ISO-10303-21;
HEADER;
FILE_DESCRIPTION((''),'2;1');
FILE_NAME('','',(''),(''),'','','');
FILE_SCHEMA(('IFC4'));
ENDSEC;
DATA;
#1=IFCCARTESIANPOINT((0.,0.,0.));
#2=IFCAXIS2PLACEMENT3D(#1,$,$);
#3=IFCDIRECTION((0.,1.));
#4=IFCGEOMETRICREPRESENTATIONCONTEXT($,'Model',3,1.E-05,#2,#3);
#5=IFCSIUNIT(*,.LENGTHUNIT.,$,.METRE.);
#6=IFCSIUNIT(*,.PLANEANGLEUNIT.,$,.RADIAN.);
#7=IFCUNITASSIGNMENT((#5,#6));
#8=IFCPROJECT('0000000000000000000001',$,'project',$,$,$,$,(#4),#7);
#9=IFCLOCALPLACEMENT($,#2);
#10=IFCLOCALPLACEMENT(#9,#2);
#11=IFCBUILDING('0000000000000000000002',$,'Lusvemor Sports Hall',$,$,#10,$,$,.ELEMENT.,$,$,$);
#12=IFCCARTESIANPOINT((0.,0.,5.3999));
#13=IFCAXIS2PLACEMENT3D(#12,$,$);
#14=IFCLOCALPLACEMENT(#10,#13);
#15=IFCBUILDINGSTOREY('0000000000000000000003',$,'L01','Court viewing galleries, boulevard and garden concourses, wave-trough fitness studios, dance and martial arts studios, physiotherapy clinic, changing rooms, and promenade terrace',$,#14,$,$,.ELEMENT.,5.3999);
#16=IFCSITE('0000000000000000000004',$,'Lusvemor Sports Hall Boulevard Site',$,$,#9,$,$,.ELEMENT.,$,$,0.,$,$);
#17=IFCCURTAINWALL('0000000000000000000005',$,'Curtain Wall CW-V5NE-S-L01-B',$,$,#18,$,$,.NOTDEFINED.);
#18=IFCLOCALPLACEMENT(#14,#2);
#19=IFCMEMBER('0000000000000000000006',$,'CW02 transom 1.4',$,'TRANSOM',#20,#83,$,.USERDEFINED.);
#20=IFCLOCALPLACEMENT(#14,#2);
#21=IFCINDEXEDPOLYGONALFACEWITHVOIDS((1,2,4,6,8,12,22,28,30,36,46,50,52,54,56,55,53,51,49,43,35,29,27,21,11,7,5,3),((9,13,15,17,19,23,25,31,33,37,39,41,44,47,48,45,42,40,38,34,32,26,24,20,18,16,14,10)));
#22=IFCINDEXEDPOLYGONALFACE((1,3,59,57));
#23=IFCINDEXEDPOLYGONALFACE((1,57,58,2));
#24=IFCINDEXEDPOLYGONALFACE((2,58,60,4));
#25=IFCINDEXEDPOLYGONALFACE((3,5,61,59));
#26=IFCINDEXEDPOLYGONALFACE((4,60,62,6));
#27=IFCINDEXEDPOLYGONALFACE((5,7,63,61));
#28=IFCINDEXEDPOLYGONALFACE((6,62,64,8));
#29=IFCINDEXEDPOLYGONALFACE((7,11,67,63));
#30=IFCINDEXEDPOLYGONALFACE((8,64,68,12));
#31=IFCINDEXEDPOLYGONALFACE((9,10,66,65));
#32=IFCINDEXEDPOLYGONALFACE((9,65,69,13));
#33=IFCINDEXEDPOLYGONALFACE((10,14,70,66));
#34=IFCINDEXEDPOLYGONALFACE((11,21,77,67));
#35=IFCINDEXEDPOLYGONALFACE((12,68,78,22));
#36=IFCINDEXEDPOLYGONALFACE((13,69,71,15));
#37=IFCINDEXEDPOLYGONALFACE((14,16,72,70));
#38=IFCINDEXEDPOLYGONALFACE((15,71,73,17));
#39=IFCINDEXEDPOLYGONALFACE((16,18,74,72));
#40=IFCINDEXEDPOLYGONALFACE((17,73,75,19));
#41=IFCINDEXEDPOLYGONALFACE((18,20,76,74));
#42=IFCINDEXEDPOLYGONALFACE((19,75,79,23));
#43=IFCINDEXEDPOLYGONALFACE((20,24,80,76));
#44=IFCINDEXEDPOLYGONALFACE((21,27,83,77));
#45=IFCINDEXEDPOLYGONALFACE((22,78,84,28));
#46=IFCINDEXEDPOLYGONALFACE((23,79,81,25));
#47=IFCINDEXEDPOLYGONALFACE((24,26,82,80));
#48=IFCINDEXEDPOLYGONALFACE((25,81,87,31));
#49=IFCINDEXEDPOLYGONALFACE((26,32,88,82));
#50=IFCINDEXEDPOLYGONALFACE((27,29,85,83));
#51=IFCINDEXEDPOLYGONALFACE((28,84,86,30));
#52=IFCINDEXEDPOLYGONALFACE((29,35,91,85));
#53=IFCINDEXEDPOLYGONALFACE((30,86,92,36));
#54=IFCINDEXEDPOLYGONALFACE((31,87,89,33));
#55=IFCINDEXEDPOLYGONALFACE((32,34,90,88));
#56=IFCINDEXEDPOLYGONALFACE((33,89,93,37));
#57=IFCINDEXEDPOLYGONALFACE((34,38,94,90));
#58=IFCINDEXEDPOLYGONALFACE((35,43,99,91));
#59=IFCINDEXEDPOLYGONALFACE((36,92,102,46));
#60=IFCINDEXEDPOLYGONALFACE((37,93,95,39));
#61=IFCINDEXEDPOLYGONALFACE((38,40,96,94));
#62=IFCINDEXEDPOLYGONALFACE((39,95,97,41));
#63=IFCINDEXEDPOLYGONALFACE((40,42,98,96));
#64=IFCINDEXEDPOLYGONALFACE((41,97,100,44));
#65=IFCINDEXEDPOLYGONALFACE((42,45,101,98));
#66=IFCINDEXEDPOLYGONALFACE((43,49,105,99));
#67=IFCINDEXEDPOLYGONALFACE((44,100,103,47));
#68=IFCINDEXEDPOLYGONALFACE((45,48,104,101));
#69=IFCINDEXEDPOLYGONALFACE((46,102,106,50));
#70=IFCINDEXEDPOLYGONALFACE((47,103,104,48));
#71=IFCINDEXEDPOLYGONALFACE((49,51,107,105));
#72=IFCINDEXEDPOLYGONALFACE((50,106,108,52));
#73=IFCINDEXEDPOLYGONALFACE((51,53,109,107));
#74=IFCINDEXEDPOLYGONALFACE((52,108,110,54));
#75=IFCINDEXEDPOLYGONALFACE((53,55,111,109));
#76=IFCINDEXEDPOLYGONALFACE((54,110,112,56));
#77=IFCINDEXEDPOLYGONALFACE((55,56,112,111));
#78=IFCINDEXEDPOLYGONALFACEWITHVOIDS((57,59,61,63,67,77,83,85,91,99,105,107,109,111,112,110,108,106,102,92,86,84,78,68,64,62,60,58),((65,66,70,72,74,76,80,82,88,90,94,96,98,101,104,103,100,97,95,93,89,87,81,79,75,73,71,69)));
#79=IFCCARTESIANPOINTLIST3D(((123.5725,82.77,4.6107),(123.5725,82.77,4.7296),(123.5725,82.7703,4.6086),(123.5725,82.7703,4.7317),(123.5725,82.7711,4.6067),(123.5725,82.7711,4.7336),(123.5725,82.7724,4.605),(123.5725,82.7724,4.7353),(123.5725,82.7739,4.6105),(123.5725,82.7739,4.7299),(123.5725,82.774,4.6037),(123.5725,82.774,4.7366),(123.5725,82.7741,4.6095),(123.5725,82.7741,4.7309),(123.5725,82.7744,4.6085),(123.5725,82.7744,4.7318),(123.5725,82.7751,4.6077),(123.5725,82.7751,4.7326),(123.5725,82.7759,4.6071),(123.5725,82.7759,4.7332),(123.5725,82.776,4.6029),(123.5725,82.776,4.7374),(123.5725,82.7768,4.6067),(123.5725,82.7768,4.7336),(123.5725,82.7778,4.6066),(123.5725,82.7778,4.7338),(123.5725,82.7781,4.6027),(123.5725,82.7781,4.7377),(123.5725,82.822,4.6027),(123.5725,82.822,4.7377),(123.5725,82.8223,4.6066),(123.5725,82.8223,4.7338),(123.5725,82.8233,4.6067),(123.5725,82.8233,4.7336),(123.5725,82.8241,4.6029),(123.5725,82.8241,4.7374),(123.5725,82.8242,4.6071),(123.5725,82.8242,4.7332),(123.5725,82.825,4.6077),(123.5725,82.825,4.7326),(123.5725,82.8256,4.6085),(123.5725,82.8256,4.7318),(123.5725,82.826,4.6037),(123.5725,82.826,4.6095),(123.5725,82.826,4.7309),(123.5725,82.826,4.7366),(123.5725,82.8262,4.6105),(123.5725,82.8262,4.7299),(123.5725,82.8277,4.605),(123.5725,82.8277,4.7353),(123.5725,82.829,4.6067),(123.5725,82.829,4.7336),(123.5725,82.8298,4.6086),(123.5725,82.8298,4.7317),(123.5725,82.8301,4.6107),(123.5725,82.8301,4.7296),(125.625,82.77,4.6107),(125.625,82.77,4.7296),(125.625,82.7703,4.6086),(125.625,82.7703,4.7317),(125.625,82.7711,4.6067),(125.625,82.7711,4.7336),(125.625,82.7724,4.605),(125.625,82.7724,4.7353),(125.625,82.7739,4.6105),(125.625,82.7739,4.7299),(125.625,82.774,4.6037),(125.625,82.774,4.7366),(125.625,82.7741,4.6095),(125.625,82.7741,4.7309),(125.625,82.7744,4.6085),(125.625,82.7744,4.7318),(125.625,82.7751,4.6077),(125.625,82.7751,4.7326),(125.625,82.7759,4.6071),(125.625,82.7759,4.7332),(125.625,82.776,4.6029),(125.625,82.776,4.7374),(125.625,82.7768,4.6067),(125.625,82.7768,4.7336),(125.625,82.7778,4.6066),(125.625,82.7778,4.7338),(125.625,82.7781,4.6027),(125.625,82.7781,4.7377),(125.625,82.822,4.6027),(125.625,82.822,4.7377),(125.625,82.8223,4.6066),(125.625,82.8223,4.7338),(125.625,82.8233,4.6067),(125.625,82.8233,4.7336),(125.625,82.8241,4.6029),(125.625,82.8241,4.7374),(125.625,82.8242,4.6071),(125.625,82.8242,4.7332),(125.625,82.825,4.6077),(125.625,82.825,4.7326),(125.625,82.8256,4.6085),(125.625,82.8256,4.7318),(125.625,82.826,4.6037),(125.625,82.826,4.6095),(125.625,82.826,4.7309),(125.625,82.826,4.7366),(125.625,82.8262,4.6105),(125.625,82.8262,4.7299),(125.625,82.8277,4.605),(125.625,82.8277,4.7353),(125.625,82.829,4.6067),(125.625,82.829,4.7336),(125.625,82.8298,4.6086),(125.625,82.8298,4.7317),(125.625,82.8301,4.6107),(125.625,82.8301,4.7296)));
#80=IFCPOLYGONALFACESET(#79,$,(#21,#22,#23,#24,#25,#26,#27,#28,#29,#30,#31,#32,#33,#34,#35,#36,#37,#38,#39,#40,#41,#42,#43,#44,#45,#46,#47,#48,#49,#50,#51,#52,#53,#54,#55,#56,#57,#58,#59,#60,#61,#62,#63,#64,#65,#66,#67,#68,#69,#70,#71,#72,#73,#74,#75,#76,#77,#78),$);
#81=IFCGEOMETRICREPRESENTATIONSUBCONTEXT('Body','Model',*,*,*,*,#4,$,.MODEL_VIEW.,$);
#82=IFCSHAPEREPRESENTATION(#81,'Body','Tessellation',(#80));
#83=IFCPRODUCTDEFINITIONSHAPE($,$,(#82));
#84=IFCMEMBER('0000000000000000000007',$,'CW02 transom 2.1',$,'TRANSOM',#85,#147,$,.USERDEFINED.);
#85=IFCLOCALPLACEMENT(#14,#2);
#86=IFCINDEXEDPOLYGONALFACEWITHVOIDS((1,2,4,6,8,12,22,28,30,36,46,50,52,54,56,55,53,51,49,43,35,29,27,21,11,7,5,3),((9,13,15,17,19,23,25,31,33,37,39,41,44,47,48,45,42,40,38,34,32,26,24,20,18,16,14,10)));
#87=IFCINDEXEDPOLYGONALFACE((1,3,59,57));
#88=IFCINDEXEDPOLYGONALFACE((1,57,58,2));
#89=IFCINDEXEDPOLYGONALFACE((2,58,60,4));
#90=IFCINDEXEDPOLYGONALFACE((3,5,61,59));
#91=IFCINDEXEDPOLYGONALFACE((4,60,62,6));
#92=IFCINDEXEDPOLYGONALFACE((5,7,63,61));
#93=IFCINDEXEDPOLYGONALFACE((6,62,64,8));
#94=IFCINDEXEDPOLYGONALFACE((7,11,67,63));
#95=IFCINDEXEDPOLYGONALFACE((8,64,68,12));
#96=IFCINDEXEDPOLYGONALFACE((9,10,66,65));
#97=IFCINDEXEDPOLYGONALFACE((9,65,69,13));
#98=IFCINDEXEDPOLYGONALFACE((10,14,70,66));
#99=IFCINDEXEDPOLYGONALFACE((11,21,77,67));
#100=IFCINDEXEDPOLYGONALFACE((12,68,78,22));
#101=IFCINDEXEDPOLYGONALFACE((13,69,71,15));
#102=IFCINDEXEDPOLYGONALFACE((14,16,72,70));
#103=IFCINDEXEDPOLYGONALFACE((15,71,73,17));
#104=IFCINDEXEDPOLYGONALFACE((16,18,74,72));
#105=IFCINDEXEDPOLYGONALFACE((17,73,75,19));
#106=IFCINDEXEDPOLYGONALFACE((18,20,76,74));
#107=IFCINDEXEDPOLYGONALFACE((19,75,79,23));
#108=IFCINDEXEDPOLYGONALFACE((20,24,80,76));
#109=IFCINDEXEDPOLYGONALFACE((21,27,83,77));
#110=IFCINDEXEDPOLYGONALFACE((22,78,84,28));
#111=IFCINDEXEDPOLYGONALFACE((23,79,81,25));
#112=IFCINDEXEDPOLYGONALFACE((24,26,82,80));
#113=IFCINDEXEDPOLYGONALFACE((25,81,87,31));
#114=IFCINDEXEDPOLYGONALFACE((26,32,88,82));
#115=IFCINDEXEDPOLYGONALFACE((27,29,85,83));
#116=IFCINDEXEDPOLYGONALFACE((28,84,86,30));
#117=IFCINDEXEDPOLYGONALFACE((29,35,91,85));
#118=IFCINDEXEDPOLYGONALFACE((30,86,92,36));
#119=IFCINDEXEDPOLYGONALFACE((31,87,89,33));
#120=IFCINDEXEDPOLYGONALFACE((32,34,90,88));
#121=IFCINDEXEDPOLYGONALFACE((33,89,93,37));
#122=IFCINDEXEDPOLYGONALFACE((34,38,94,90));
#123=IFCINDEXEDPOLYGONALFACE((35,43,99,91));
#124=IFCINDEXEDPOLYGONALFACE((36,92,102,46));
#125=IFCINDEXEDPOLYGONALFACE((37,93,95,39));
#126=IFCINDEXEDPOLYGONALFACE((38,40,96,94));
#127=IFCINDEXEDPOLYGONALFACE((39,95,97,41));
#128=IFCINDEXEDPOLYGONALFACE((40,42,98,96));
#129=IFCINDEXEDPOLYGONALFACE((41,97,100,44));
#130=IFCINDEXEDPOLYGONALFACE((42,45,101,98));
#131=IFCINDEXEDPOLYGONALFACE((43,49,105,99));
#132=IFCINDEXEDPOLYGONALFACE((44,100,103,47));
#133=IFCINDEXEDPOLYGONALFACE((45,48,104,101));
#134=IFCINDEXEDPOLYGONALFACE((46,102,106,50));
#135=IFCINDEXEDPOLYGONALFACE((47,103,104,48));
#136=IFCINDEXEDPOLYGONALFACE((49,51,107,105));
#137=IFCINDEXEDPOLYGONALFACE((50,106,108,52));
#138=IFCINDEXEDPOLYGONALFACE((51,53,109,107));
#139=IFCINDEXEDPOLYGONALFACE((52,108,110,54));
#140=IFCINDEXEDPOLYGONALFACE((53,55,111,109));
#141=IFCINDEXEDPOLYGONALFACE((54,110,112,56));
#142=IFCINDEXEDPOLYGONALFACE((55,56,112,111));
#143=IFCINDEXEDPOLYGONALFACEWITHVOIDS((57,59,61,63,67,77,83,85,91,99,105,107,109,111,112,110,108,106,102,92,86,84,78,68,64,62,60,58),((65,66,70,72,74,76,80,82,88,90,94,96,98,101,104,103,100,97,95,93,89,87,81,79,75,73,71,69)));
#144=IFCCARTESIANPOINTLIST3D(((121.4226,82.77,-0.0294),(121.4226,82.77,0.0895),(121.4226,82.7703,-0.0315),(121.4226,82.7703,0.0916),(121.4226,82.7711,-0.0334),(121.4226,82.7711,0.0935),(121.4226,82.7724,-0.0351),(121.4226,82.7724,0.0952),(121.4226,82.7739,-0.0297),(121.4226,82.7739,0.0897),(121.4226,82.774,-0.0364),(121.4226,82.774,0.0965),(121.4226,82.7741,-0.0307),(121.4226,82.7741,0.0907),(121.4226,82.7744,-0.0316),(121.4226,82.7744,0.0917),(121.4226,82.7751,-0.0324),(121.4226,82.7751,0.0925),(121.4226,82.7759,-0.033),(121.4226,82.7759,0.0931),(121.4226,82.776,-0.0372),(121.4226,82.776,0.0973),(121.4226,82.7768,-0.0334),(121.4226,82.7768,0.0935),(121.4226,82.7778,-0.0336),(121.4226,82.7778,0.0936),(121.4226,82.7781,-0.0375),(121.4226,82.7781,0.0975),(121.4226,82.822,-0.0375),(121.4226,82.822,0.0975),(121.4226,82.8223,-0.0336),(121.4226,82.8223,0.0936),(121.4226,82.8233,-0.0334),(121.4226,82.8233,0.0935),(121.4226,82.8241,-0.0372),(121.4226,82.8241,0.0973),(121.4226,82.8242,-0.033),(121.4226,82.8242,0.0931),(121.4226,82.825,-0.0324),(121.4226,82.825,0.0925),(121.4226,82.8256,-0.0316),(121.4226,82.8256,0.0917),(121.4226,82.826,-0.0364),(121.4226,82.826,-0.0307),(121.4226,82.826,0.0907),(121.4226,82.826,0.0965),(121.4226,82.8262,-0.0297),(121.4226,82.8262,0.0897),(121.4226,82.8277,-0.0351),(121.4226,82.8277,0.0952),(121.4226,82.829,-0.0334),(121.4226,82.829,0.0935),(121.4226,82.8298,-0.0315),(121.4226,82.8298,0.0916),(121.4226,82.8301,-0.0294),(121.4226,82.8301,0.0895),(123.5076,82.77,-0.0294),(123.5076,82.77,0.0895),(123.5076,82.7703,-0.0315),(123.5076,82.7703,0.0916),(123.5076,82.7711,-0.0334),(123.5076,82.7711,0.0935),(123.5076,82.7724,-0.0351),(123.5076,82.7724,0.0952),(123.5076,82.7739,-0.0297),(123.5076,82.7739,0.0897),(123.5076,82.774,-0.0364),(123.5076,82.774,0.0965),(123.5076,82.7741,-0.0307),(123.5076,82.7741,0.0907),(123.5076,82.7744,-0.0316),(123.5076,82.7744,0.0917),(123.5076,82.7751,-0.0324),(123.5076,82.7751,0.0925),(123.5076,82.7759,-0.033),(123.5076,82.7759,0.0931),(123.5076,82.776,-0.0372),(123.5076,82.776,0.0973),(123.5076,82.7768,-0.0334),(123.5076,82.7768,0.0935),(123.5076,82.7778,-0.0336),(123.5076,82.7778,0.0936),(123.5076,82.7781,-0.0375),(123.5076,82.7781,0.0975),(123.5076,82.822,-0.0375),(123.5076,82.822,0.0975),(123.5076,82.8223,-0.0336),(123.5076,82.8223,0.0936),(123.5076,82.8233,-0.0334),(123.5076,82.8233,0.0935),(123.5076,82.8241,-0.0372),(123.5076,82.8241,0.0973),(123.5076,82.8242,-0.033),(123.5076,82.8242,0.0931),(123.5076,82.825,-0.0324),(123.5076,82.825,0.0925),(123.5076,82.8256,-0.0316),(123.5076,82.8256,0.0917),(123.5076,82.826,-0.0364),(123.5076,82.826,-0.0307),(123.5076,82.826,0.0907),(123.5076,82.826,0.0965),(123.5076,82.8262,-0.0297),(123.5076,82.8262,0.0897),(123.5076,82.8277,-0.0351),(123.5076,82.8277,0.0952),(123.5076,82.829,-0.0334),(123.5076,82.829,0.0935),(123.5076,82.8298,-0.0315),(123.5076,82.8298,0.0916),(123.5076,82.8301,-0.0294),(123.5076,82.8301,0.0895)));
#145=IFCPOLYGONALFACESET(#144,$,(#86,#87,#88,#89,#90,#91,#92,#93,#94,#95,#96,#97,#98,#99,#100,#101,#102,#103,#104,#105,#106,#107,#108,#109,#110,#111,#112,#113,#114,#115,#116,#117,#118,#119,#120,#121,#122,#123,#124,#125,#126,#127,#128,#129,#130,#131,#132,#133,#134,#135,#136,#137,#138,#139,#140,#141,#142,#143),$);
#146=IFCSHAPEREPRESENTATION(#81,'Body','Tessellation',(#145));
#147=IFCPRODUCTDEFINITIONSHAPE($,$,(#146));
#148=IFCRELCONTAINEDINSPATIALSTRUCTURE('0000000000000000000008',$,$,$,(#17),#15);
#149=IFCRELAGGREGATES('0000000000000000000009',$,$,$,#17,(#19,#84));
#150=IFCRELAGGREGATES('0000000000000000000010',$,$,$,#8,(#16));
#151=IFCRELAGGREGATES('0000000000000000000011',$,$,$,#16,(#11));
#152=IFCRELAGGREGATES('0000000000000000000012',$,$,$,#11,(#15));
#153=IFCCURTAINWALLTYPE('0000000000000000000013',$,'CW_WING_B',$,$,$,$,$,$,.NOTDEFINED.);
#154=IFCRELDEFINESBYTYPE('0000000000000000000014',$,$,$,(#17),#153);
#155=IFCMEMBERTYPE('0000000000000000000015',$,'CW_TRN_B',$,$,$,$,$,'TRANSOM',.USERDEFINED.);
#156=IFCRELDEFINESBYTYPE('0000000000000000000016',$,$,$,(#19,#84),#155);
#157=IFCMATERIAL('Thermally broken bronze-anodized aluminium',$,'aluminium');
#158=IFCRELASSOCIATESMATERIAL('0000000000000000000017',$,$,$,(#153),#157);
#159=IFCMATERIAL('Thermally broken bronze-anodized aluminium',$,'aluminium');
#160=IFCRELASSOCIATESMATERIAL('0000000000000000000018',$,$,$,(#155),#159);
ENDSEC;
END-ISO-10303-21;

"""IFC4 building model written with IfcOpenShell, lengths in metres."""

from ifc_helpers import new_model, si_unit, direction, frame, origin, origin_2d, place, context, subcontext, project, spatial, hollow_rectangle, extrude, material, material_profile, profile_set, type_object, element, aggregate, save


model = new_model("IFC4")

# Units and contexts
model_context = context("Model", 3, precision=1e-05, world=origin(), true_north=direction((0.0, 1.0)))
body_context = subcontext(model_context, "Body", "Model", "MODEL_VIEW")
ifc_project = project(units=[si_unit("LENGTHUNIT", "METRE"), si_unit("PLANEANGLEUNIT", "RADIAN")], contexts=[model_context])

# Site, building, storey
site_placement = place(None, origin())
site = spatial("IfcSite", under=ifc_project, at=site_placement, Name="Lusvemor Sports Hall Boulevard Site", CompositionType="ELEMENT", RefElevation=0.0)
building_placement = place(site_placement, origin())
building = spatial("IfcBuilding", under=site, at=building_placement, Name="Lusvemor Sports Hall", CompositionType="ELEMENT")
storey_placement = place(building_placement, frame((0.0, 0.0, 5.3999)))
storey = spatial("IfcBuildingStorey", under=building, at=storey_placement, Name="L01", Description="Court viewing galleries, boulevard and garden concourses, wave-trough fitness studios, dance and martial arts studios, physiotherapy clinic, changing rooms, and promenade terrace", CompositionType="ELEMENT", Elevation=5.3999)

# Shared definitions
ifc_material_1 = material(Name="Thermally broken bronze-anodized aluminium", Category="aluminium")
curtain_wall_type = type_object("IfcCurtainWallType", Name="CW_WING_B", PredefinedType="NOTDEFINED", material=ifc_material_1)

# Curtain wall, members
curtain_wall_1_placement = place(storey_placement, origin())
curtain_wall_1 = element("IfcCurtainWall", 1, at=curtain_wall_1_placement, inside=storey, type_object=curtain_wall_type, Name="Curtain Wall CW-V5NE-S-L01-B", PredefinedType="NOTDEFINED")
ifc_material_2 = material(Name="Thermally broken bronze-anodized aluminium", Category="aluminium")
ifc_material_profile_1 = material_profile(ifc_material_2, hollow_rectangle(XDim=0.0601, YDim=0.135, WallThickness=0.0039, InnerFilletRadius=0.0039, OuterFilletRadius=0.0081, at=origin_2d()), Name="CWTRN135x60x4")
ifc_profile_set_1 = profile_set([ifc_material_profile_1], Name="Thermally broken bronze-anodized aluminium")
member_type_1 = type_object("IfcMemberType", Name="CW_TRN_B", ElementType="TRANSOM", PredefinedType="USERDEFINED", material=ifc_profile_set_1)
member_1_placement = place(storey_placement, frame((125.625, 82.8, 4.6702), z_axis=(-1.0, 0.0, 0.0), x_axis=(0.0, -1.0, 0.0)))
member_1 = element("IfcMember", 2, at=member_1_placement, type_object=member_type_1, Name="CW02 transom 1.4", ObjectType="TRANSOM", PredefinedType="USERDEFINED", context=body_context, shape_type="SweptSolid", body=[
    extrude(hollow_rectangle(XDim=0.0601, YDim=0.135, WallThickness=0.0039, InnerFilletRadius=0.0039, OuterFilletRadius=0.0081, at=origin_2d()), origin(), (0.0, 0.0, 1.0), 2.0525),
])
member_2_placement = place(storey_placement, frame((123.5076, 82.8, 0.03), z_axis=(-1.0, 0.0, 0.0), x_axis=(0.0, -1.0, 0.0)))
member_2 = element("IfcMember", 3, at=member_2_placement, type_object=member_type_1, Name="CW02 transom 2.1", ObjectType="TRANSOM", PredefinedType="USERDEFINED", context=body_context, shape_type="SweptSolid", body=[
    extrude(hollow_rectangle(XDim=0.0601, YDim=0.135, WallThickness=0.0039, InnerFilletRadius=0.0039, OuterFilletRadius=0.0081, at=origin_2d()), origin(), (0.0, 0.0, 1.0), 2.085),
])

aggregate(curtain_wall_1, [member_1, member_2])

save(model, "model.ifc")
